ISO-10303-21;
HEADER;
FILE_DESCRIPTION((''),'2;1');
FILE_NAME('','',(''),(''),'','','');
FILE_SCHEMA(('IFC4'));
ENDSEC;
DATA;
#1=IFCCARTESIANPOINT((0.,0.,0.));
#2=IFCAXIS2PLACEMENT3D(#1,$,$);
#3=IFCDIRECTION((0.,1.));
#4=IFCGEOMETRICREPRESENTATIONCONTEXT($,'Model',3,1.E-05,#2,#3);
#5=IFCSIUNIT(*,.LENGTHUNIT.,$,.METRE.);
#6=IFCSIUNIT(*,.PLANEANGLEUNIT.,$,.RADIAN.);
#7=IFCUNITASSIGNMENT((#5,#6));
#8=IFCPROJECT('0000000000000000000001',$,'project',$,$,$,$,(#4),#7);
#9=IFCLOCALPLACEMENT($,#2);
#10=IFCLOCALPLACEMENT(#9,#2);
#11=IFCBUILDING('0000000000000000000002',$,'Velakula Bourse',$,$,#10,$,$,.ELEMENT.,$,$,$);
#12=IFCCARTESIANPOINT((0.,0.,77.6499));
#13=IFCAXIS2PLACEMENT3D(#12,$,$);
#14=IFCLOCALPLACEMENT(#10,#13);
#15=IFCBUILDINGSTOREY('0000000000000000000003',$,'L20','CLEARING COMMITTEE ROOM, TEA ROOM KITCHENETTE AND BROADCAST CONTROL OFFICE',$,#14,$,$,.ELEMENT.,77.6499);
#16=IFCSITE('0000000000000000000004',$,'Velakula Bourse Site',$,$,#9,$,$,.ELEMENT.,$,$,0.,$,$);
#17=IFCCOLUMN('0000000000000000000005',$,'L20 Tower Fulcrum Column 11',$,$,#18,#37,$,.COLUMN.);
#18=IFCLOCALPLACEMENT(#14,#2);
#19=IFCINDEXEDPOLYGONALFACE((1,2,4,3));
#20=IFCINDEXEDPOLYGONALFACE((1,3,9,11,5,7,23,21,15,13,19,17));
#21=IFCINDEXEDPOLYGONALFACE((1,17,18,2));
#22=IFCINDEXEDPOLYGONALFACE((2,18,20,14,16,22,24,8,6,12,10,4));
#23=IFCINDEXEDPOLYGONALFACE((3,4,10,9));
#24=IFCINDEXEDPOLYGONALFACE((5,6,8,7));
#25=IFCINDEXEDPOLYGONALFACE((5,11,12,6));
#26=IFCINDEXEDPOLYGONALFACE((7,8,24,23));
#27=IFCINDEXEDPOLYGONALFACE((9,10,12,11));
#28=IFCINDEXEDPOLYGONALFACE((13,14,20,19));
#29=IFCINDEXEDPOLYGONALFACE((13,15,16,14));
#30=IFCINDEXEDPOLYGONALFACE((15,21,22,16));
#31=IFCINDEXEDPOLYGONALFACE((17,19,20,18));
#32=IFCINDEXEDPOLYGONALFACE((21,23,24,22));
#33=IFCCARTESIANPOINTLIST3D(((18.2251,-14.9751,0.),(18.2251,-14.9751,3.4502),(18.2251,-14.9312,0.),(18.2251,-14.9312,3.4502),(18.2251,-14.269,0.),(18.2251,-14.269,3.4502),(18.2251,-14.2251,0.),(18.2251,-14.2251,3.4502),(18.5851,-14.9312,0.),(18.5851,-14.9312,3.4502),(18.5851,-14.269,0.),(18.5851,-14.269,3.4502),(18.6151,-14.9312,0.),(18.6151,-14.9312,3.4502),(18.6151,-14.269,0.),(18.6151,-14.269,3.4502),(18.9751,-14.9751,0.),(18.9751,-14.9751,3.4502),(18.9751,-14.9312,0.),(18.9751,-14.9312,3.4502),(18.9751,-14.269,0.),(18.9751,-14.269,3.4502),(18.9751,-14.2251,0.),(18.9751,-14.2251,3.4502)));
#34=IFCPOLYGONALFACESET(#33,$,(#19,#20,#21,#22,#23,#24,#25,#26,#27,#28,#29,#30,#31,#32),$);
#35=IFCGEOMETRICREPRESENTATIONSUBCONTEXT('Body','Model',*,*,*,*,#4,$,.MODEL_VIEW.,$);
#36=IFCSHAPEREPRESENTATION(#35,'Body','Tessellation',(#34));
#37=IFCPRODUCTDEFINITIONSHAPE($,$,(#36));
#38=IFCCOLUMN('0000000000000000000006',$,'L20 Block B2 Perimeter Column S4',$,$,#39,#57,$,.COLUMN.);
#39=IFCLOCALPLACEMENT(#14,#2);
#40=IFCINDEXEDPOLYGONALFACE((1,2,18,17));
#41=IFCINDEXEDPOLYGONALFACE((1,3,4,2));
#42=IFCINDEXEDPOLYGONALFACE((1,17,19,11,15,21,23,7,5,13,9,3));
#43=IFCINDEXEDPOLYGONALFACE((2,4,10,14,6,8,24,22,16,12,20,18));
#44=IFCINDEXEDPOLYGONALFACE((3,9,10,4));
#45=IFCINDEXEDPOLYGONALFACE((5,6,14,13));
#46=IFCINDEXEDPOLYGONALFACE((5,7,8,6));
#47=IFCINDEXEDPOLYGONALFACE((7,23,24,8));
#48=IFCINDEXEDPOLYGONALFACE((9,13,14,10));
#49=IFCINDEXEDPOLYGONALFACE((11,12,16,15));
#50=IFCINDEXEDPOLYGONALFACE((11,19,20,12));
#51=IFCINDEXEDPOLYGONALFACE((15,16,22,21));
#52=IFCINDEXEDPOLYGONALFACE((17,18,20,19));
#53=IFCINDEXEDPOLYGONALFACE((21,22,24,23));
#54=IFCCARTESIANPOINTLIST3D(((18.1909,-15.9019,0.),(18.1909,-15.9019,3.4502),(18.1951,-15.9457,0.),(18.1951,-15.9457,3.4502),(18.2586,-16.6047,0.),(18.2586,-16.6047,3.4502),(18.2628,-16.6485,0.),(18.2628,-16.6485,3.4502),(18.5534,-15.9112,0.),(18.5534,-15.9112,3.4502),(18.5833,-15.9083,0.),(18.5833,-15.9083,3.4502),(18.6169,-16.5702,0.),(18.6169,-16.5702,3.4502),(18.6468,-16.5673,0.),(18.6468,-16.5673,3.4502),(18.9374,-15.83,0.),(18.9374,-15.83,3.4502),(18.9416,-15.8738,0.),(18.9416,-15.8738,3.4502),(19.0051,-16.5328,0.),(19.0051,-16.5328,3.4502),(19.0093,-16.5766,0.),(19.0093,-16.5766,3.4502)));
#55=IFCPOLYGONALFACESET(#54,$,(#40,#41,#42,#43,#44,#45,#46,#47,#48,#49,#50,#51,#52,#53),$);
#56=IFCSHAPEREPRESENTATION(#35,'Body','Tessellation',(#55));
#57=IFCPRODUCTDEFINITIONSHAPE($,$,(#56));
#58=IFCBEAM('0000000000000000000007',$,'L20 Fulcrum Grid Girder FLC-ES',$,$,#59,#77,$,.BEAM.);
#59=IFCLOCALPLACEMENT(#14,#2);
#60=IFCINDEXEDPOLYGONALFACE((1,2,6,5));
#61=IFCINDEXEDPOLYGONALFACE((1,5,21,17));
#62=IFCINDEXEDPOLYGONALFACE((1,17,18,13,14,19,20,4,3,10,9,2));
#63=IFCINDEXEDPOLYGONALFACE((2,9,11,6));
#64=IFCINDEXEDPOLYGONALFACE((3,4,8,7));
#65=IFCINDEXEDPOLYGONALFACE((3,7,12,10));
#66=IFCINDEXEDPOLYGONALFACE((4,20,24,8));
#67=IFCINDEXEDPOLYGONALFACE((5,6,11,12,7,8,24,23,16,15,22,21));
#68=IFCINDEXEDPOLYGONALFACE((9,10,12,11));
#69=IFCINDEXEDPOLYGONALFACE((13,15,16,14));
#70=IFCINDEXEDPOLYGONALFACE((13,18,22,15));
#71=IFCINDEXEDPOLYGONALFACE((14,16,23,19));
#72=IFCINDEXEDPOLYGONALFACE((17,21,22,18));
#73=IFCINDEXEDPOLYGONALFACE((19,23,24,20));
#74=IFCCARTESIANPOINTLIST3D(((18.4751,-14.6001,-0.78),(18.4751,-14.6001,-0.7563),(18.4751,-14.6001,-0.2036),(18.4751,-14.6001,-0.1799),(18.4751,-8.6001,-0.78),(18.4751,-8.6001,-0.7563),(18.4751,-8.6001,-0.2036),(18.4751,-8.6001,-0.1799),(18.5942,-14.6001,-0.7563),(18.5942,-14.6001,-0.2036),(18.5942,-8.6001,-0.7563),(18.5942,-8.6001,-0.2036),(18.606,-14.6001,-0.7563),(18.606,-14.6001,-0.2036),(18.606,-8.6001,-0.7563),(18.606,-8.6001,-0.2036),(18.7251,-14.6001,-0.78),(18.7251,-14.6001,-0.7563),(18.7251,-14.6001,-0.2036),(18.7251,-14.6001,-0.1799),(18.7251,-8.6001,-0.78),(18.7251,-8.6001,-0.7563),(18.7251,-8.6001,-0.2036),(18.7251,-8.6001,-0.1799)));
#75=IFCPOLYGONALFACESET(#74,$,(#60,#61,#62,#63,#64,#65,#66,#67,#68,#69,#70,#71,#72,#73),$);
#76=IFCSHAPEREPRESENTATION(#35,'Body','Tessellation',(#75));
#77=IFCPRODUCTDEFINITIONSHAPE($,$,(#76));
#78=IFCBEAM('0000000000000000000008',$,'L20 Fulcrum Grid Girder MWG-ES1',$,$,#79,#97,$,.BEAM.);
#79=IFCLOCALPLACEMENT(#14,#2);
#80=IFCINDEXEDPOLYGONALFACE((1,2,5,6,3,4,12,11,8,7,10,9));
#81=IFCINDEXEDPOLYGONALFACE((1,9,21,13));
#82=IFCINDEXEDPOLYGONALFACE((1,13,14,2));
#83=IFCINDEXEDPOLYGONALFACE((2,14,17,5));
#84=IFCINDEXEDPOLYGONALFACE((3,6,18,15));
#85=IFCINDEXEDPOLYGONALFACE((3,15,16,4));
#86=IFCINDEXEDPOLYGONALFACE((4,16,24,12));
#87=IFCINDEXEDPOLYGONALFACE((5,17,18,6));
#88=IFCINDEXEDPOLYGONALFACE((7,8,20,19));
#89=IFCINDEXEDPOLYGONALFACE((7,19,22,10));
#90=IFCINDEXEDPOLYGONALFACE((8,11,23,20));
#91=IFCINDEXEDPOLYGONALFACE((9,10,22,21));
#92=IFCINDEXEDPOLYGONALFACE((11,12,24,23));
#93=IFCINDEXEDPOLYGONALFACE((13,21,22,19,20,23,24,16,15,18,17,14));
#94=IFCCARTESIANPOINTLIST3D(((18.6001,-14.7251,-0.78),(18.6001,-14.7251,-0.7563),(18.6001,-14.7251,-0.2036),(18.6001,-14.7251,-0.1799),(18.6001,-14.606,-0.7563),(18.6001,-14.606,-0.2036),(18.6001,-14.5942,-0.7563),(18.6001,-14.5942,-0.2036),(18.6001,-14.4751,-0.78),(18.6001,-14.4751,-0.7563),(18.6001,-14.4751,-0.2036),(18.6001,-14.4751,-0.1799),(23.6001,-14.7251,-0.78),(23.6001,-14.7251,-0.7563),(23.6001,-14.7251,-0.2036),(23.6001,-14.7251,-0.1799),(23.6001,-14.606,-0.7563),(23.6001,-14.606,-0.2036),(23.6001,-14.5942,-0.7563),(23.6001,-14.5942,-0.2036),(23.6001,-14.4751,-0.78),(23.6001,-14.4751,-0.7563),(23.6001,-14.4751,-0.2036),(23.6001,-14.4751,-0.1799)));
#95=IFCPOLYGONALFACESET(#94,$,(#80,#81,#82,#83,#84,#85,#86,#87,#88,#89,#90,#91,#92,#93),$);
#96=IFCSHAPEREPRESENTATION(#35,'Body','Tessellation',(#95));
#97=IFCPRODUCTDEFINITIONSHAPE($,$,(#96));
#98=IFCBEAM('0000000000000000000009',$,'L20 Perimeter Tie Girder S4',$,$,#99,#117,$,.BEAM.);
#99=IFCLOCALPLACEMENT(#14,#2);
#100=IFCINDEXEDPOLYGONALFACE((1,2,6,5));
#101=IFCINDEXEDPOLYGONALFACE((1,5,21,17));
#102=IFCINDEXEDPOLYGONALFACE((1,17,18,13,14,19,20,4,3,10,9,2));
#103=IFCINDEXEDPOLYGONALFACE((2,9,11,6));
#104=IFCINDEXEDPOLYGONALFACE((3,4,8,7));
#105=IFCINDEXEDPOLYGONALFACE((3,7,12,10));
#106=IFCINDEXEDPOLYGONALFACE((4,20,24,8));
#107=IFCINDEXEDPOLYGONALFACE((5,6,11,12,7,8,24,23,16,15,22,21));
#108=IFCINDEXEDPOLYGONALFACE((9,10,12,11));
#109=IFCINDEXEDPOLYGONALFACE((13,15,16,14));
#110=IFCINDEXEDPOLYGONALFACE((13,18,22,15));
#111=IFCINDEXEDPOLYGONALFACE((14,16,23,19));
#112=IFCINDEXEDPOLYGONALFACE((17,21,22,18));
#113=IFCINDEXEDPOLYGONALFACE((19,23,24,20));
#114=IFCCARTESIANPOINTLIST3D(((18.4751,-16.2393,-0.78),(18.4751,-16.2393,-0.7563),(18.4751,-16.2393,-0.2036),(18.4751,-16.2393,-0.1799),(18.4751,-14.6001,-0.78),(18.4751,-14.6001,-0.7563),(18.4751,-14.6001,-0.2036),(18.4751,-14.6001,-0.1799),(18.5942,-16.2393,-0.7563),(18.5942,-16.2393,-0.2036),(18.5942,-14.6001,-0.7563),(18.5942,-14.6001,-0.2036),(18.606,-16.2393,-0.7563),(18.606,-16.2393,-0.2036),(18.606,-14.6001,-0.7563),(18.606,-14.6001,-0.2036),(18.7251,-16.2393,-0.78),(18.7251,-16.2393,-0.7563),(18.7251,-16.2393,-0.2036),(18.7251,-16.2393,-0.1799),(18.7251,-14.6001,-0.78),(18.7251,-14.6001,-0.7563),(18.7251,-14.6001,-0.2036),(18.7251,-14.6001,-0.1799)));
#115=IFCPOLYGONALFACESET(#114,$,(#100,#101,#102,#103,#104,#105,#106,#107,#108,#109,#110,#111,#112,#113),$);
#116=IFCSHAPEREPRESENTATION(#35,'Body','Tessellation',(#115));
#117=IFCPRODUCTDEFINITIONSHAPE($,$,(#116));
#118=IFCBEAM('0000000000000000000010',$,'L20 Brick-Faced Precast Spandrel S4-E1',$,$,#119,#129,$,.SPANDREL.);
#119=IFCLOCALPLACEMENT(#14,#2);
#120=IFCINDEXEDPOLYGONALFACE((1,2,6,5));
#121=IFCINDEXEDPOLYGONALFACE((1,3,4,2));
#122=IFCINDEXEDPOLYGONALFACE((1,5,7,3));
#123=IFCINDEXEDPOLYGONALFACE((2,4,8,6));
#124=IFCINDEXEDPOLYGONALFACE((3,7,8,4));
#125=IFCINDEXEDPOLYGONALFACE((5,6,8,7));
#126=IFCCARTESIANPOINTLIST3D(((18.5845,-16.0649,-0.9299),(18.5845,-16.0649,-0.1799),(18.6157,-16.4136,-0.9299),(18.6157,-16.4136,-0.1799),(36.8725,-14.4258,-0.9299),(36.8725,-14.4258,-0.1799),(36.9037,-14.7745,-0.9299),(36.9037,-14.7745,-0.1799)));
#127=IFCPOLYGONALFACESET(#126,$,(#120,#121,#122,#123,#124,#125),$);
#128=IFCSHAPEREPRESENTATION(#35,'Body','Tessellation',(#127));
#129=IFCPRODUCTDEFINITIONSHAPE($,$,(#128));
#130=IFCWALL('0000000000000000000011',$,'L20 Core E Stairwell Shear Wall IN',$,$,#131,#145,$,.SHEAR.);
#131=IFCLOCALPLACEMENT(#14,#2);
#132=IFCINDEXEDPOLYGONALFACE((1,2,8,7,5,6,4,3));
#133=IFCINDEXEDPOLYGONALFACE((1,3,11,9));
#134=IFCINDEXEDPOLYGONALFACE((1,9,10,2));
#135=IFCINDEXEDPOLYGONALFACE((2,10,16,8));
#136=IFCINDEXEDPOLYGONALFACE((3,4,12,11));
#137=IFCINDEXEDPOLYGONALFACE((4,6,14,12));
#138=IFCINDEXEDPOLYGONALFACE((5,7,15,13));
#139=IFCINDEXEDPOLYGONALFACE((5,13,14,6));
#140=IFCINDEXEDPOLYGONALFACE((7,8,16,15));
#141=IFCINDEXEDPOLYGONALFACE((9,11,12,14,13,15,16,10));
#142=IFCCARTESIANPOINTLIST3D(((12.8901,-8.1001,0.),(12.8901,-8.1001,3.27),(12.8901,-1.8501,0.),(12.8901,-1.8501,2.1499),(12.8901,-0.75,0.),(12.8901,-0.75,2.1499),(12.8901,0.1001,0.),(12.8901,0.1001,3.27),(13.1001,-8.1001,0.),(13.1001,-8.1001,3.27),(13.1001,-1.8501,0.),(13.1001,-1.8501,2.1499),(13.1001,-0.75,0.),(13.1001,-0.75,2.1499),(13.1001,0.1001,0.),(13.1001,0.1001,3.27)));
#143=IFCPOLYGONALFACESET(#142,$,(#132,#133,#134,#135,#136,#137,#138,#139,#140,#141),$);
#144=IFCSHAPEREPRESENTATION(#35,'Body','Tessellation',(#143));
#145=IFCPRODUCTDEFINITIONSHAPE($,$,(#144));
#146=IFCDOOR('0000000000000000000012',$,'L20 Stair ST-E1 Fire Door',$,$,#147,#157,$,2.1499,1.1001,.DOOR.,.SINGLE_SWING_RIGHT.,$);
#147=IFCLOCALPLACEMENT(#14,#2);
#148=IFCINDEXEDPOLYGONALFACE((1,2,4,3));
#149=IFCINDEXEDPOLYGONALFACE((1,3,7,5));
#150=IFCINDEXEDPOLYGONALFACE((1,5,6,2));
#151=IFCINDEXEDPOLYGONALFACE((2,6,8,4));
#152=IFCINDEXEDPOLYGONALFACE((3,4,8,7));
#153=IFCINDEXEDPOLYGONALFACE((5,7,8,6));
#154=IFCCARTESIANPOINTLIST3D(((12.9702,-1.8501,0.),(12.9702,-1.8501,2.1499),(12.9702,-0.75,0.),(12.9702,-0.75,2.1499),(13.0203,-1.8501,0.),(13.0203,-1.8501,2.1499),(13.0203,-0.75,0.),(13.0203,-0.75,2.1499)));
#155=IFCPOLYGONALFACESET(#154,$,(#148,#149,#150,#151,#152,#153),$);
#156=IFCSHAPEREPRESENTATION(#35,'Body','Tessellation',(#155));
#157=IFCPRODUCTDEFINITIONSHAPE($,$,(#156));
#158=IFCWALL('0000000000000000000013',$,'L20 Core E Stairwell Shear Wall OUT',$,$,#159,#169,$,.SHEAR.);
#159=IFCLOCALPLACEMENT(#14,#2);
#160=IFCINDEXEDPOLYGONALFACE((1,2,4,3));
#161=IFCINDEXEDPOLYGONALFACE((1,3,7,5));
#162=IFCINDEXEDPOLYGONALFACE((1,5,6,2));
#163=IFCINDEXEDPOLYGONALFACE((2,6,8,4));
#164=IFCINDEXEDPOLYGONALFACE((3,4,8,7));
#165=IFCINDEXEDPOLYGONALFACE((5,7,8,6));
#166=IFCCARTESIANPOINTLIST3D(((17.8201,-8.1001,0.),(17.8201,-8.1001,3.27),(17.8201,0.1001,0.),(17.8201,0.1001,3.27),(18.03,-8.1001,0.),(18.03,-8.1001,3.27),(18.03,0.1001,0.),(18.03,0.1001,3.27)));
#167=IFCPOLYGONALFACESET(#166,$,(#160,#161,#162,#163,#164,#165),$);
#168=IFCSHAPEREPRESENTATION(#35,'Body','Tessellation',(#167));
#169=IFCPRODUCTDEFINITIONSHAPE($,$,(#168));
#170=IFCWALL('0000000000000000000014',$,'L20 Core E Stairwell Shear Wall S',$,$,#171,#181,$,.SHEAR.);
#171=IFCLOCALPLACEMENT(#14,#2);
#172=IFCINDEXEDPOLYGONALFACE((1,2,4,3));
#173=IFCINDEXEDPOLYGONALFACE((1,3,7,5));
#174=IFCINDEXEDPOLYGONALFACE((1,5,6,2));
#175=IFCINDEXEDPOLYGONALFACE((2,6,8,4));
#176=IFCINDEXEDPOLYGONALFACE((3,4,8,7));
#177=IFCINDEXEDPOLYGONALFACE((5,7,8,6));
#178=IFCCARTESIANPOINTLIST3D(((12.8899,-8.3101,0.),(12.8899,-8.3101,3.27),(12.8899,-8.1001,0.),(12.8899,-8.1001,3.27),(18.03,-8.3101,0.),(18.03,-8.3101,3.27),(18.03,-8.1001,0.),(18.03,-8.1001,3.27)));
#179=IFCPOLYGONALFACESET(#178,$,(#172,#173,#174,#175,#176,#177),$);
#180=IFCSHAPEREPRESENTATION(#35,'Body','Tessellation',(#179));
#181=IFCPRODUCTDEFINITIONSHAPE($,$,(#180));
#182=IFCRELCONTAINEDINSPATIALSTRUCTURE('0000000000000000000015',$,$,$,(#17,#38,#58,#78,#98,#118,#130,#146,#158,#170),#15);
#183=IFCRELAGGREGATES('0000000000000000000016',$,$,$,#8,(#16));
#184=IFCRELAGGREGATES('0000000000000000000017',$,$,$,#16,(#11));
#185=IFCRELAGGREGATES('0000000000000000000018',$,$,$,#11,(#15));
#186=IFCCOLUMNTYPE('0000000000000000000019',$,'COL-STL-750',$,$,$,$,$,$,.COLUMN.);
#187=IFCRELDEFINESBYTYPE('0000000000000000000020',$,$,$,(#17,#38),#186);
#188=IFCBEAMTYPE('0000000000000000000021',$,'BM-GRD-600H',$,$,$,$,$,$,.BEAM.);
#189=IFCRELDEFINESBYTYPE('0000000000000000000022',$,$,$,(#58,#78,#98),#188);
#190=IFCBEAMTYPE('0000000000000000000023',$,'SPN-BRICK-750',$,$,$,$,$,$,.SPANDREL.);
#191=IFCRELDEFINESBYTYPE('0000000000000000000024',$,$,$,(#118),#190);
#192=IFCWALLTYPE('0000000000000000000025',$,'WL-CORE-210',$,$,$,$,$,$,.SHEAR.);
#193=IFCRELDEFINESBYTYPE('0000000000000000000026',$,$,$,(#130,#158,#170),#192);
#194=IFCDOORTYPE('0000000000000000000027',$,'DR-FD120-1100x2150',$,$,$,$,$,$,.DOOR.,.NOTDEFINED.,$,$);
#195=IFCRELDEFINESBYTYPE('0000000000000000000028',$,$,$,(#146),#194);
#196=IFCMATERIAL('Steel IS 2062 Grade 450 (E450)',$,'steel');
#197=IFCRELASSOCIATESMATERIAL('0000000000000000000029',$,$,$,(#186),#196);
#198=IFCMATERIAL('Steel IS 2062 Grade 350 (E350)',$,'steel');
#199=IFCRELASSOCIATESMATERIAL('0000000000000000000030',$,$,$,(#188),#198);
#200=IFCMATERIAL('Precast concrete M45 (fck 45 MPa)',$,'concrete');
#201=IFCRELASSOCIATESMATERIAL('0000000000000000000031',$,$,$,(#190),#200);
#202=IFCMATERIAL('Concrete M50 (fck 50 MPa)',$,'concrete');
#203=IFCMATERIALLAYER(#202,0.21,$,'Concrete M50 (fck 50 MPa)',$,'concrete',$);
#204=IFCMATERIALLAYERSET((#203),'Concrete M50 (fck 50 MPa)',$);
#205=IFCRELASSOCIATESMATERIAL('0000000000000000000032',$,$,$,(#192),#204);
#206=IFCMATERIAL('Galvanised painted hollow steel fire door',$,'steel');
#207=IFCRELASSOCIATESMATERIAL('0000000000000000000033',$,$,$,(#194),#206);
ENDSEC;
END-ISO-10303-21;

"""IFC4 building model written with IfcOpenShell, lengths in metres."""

from ifc_helpers import new_model, si_unit, direction, frame, frame_2d, origin, origin_2d, place, context, subcontext, project, spatial, rectangle, i_section, extrude, material, layer, layer_set, material_profile, profile_set, type_object, element, fill, save


model = new_model("IFC4")

# Units and contexts
model_context = context("Model", 3, precision=1e-05, world=origin(), true_north=direction((0.0, 1.0)))
body_context = subcontext(model_context, "Body", "Model", "MODEL_VIEW")
ifc_project = project(units=[si_unit("LENGTHUNIT", "METRE"), si_unit("PLANEANGLEUNIT", "RADIAN")], contexts=[model_context])

# Site, building, storey
site_placement = place(None, origin())
site = spatial("IfcSite", under=ifc_project, at=site_placement, Name="Velakula Bourse Site", CompositionType="ELEMENT", RefElevation=0.0)
building_placement = place(site_placement, origin())
building = spatial("IfcBuilding", under=site, at=building_placement, Name="Velakula Bourse", CompositionType="ELEMENT")
storey_placement = place(building_placement, frame((0.0, 0.0, 77.6499)))
storey = spatial("IfcBuildingStorey", under=building, at=storey_placement, Name="L20", Description="CLEARING COMMITTEE ROOM, TEA ROOM KITCHENETTE AND BROADCAST CONTROL OFFICE", CompositionType="ELEMENT", Elevation=77.6499)

# Columns
ifc_material_1 = material(Name="Steel IS 2062 Grade 450 (E450)", Category="steel")
ifc_material_profile_1 = material_profile(ifc_material_1, i_section(OverallWidth=0.75, OverallDepth=0.75, WebThickness=0.03, FlangeThickness=0.0439, at=origin_2d()), Name="Steel IS 2062 Grade 450 (E450)")
ifc_profile_set_1 = profile_set([ifc_material_profile_1], Name="Steel IS 2062 Grade 450 (E450)")
column_type = type_object("IfcColumnType", Name="COL-STL-750", PredefinedType="COLUMN", material=ifc_profile_set_1)
for number, where, z_axis, x_axis, name in (
    (1, (18.6001, -14.6001, 0.0), (0.0, 0.0, 1.0), (1.0, 0.0, 0.0), "L20 Tower Fulcrum Column 11"),
    (2, (18.6001, -16.2393, 0.0), (0.0, 0.0, 1.0), (0.995396, 0.095846, 0.0), "L20 Block B2 Perimeter Column S4"),
):
    element("IfcColumn", number, at=place(storey_placement, frame(where, z_axis=z_axis, x_axis=x_axis)), inside=storey, type_object=column_type, Name=name, PredefinedType="COLUMN", context=body_context, shape_type="SweptSolid", body=[
        extrude(i_section(OverallWidth=0.75, OverallDepth=0.75, WebThickness=0.03, FlangeThickness=0.0439, at=origin_2d()), origin(), (0.0, 0.0, 1.0), 3.4502),
    ])

# Beams
ifc_material_2 = material(Name="Steel IS 2062 Grade 350 (E350)", Category="steel")
ifc_material_profile_2 = material_profile(ifc_material_2, i_section(OverallWidth=0.25, OverallDepth=0.6001, WebThickness=0.0117, FlangeThickness=0.0237, at=origin_2d()), Name="Steel IS 2062 Grade 350 (E350)")
ifc_profile_set_2 = profile_set([ifc_material_profile_2], Name="Steel IS 2062 Grade 350 (E350)")
beam_type_1 = type_object("IfcBeamType", Name="BM-GRD-600H", PredefinedType="BEAM", material=ifc_profile_set_2)
beam_1_placement = place(storey_placement, frame((18.6001, -14.6001, -0.48), z_axis=(0.0, 1.0, 0.0), x_axis=(-1.0, 0.0, 0.0)))
element("IfcBeam", 3, at=beam_1_placement, inside=storey, type_object=beam_type_1, Name="L20 Fulcrum Grid Girder FLC-ES", PredefinedType="BEAM", context=body_context, shape_type="SweptSolid", body=[
    extrude(i_section(OverallWidth=0.25, OverallDepth=0.6001, WebThickness=0.0117, FlangeThickness=0.0237, at=origin_2d()), origin(), (0.0, 0.0, 1.0), 6.0),
])
beam_2_placement = place(storey_placement, frame((18.6001, -14.6001, -0.48), z_axis=(1.0, 0.0, 0.0), x_axis=(0.0, 1.0, 0.0)))
element("IfcBeam", 4, at=beam_2_placement, inside=storey, type_object=beam_type_1, Name="L20 Fulcrum Grid Girder MWG-ES1", PredefinedType="BEAM", context=body_context, shape_type="SweptSolid", body=[
    extrude(i_section(OverallWidth=0.25, OverallDepth=0.6001, WebThickness=0.0117, FlangeThickness=0.0237, at=origin_2d()), origin(), (0.0, 0.0, 1.0), 5.0),
])
beam_3_placement = place(storey_placement, frame((18.6001, -14.6001, -0.48), z_axis=(0.0, -1.0, 0.0), x_axis=(1.0, 0.0, 0.0)))
element("IfcBeam", 5, at=beam_3_placement, inside=storey, type_object=beam_type_1, Name="L20 Perimeter Tie Girder S4", PredefinedType="BEAM", context=body_context, shape_type="SweptSolid", body=[
    extrude(i_section(OverallWidth=0.25, OverallDepth=0.6001, WebThickness=0.0117, FlangeThickness=0.0237, at=origin_2d()), origin(), (0.0, 0.0, 1.0), 1.6392),
])
ifc_material_3 = material(Name="Precast concrete M45 (fck 45 MPa)", Category="concrete")
ifc_material_profile_3 = material_profile(ifc_material_3, rectangle(XDim=0.3501, YDim=0.75, at=origin_2d()), Name="Precast concrete M45 (fck 45 MPa)")
ifc_profile_set_3 = profile_set([ifc_material_profile_3], Name="Precast concrete M45 (fck 45 MPa)")
beam_type_2 = type_object("IfcBeamType", Name="SPN-BRICK-750", PredefinedType="SPANDREL", material=ifc_profile_set_3)
beam_4_placement = place(storey_placement, frame((18.6001, -16.2393, -0.5549), z_axis=(0.996007, 0.089272, 0.0), x_axis=(-0.089272, 0.996007, 0.0)))
element("IfcBeam", 6, at=beam_4_placement, inside=storey, type_object=beam_type_2, Name="L20 Brick-Faced Precast Spandrel S4-E1", PredefinedType="SPANDREL", context=body_context, shape_type="SweptSolid", body=[
    extrude(rectangle(XDim=0.3501, YDim=0.75, at=origin_2d()), origin(), (0.0, 0.0, 1.0), 18.3613),
])

# Wall, opening, door
ifc_material_4 = material(Name="Concrete M50 (fck 50 MPa)", Category="concrete")
ifc_layer_1 = layer(ifc_material_4, 0.21, Name="Concrete M50 (fck 50 MPa)", Category="concrete")
ifc_layer_set_1 = layer_set([ifc_layer_1], Name="Concrete M50 (fck 50 MPa)")
wall_type_1 = type_object("IfcWallType", Name="WL-CORE-210", PredefinedType="SHEAR", material=ifc_layer_set_1)
wall_1_placement = place(storey_placement, frame((12.9951, -8.1001, 0.0), z_axis=(0.0, 0.0, 1.0), x_axis=(0.0, 1.0, 0.0)))
wall_1 = element("IfcWall", 7, at=wall_1_placement, inside=storey, type_object=wall_type_1, Name="L20 Core E Stairwell Shear Wall IN", PredefinedType="SHEAR", context=body_context, shape_type="SweptSolid", body=[
    extrude(rectangle(XDim=8.2002, YDim=0.21, at=frame_2d((4.1001, 0.0))), origin(), (0.0, 0.0, 1.0), 3.27),
])
opening_1_placement = place(wall_1_placement, frame((6.25, 0.0, 0.0)))
opening_1 = element("IfcOpeningElement", 8, at=opening_1_placement, cuts=wall_1, PredefinedType="OPENING", context=body_context, shape_type="SweptSolid", body=[
    extrude(rectangle(XDim=1.1001, YDim=2.1499, at=frame_2d((0.55, 1.075))), frame((0.0, 0.115, 0.0), z_axis=(0.0, -1.0, 0.0), x_axis=(1.0, 0.0, 0.0)), (0.0, 0.0, 1.0), 0.23),
])
ifc_material_5 = material(Name="Galvanised painted hollow steel fire door", Category="steel")
door_type = type_object("IfcDoorType", Name="DR-FD120-1100x2150", OperationType="NOTDEFINED", PredefinedType="DOOR", material=ifc_material_5)
door_placement = place(opening_1_placement, origin())
door = element("IfcDoor", 9, at=door_placement, inside=storey, type_object=door_type, Name="L20 Stair ST-E1 Fire Door", OperationType="SINGLE_SWING_RIGHT", OverallHeight=2.1499, OverallWidth=1.1001, PredefinedType="DOOR", context=body_context, shape_type="SweptSolid", body=[
    extrude(rectangle(XDim=1.1001, YDim=2.1499, at=frame_2d((0.55, 1.075))), frame((0.0, 0.0249, 0.0), z_axis=(0.0, -1.0, 0.0), x_axis=(1.0, 0.0, 0.0)), (0.0, 0.0, 1.0), 0.05),
])
fill(opening_1, door)

# Walls
wall_2_placement = place(storey_placement, frame((17.925, -8.1001, 0.0), z_axis=(0.0, 0.0, 1.0), x_axis=(0.0, 1.0, 0.0)))
element("IfcWall", 10, at=wall_2_placement, inside=storey, type_object=wall_type_1, Name="L20 Core E Stairwell Shear Wall OUT", PredefinedType="SHEAR", context=body_context, shape_type="SweptSolid", body=[
    extrude(rectangle(XDim=8.2002, YDim=0.21, at=frame_2d((4.1001, 0.0))), origin(), (0.0, 0.0, 1.0), 3.27),
])
wall_3_placement = place(storey_placement, frame((12.8899, -8.2051, 0.0), z_axis=(0.0, 0.0, 1.0), x_axis=(1.0, 0.0, 0.0)))
element("IfcWall", 11, at=wall_3_placement, inside=storey, type_object=wall_type_1, Name="L20 Core E Stairwell Shear Wall S", PredefinedType="SHEAR", context=body_context, shape_type="SweptSolid", body=[
    extrude(rectangle(XDim=5.1401, YDim=0.21, at=frame_2d((2.5701, 0.0))), origin(), (0.0, 0.0, 1.0), 3.27),
])

save(model, "model.ifc")
